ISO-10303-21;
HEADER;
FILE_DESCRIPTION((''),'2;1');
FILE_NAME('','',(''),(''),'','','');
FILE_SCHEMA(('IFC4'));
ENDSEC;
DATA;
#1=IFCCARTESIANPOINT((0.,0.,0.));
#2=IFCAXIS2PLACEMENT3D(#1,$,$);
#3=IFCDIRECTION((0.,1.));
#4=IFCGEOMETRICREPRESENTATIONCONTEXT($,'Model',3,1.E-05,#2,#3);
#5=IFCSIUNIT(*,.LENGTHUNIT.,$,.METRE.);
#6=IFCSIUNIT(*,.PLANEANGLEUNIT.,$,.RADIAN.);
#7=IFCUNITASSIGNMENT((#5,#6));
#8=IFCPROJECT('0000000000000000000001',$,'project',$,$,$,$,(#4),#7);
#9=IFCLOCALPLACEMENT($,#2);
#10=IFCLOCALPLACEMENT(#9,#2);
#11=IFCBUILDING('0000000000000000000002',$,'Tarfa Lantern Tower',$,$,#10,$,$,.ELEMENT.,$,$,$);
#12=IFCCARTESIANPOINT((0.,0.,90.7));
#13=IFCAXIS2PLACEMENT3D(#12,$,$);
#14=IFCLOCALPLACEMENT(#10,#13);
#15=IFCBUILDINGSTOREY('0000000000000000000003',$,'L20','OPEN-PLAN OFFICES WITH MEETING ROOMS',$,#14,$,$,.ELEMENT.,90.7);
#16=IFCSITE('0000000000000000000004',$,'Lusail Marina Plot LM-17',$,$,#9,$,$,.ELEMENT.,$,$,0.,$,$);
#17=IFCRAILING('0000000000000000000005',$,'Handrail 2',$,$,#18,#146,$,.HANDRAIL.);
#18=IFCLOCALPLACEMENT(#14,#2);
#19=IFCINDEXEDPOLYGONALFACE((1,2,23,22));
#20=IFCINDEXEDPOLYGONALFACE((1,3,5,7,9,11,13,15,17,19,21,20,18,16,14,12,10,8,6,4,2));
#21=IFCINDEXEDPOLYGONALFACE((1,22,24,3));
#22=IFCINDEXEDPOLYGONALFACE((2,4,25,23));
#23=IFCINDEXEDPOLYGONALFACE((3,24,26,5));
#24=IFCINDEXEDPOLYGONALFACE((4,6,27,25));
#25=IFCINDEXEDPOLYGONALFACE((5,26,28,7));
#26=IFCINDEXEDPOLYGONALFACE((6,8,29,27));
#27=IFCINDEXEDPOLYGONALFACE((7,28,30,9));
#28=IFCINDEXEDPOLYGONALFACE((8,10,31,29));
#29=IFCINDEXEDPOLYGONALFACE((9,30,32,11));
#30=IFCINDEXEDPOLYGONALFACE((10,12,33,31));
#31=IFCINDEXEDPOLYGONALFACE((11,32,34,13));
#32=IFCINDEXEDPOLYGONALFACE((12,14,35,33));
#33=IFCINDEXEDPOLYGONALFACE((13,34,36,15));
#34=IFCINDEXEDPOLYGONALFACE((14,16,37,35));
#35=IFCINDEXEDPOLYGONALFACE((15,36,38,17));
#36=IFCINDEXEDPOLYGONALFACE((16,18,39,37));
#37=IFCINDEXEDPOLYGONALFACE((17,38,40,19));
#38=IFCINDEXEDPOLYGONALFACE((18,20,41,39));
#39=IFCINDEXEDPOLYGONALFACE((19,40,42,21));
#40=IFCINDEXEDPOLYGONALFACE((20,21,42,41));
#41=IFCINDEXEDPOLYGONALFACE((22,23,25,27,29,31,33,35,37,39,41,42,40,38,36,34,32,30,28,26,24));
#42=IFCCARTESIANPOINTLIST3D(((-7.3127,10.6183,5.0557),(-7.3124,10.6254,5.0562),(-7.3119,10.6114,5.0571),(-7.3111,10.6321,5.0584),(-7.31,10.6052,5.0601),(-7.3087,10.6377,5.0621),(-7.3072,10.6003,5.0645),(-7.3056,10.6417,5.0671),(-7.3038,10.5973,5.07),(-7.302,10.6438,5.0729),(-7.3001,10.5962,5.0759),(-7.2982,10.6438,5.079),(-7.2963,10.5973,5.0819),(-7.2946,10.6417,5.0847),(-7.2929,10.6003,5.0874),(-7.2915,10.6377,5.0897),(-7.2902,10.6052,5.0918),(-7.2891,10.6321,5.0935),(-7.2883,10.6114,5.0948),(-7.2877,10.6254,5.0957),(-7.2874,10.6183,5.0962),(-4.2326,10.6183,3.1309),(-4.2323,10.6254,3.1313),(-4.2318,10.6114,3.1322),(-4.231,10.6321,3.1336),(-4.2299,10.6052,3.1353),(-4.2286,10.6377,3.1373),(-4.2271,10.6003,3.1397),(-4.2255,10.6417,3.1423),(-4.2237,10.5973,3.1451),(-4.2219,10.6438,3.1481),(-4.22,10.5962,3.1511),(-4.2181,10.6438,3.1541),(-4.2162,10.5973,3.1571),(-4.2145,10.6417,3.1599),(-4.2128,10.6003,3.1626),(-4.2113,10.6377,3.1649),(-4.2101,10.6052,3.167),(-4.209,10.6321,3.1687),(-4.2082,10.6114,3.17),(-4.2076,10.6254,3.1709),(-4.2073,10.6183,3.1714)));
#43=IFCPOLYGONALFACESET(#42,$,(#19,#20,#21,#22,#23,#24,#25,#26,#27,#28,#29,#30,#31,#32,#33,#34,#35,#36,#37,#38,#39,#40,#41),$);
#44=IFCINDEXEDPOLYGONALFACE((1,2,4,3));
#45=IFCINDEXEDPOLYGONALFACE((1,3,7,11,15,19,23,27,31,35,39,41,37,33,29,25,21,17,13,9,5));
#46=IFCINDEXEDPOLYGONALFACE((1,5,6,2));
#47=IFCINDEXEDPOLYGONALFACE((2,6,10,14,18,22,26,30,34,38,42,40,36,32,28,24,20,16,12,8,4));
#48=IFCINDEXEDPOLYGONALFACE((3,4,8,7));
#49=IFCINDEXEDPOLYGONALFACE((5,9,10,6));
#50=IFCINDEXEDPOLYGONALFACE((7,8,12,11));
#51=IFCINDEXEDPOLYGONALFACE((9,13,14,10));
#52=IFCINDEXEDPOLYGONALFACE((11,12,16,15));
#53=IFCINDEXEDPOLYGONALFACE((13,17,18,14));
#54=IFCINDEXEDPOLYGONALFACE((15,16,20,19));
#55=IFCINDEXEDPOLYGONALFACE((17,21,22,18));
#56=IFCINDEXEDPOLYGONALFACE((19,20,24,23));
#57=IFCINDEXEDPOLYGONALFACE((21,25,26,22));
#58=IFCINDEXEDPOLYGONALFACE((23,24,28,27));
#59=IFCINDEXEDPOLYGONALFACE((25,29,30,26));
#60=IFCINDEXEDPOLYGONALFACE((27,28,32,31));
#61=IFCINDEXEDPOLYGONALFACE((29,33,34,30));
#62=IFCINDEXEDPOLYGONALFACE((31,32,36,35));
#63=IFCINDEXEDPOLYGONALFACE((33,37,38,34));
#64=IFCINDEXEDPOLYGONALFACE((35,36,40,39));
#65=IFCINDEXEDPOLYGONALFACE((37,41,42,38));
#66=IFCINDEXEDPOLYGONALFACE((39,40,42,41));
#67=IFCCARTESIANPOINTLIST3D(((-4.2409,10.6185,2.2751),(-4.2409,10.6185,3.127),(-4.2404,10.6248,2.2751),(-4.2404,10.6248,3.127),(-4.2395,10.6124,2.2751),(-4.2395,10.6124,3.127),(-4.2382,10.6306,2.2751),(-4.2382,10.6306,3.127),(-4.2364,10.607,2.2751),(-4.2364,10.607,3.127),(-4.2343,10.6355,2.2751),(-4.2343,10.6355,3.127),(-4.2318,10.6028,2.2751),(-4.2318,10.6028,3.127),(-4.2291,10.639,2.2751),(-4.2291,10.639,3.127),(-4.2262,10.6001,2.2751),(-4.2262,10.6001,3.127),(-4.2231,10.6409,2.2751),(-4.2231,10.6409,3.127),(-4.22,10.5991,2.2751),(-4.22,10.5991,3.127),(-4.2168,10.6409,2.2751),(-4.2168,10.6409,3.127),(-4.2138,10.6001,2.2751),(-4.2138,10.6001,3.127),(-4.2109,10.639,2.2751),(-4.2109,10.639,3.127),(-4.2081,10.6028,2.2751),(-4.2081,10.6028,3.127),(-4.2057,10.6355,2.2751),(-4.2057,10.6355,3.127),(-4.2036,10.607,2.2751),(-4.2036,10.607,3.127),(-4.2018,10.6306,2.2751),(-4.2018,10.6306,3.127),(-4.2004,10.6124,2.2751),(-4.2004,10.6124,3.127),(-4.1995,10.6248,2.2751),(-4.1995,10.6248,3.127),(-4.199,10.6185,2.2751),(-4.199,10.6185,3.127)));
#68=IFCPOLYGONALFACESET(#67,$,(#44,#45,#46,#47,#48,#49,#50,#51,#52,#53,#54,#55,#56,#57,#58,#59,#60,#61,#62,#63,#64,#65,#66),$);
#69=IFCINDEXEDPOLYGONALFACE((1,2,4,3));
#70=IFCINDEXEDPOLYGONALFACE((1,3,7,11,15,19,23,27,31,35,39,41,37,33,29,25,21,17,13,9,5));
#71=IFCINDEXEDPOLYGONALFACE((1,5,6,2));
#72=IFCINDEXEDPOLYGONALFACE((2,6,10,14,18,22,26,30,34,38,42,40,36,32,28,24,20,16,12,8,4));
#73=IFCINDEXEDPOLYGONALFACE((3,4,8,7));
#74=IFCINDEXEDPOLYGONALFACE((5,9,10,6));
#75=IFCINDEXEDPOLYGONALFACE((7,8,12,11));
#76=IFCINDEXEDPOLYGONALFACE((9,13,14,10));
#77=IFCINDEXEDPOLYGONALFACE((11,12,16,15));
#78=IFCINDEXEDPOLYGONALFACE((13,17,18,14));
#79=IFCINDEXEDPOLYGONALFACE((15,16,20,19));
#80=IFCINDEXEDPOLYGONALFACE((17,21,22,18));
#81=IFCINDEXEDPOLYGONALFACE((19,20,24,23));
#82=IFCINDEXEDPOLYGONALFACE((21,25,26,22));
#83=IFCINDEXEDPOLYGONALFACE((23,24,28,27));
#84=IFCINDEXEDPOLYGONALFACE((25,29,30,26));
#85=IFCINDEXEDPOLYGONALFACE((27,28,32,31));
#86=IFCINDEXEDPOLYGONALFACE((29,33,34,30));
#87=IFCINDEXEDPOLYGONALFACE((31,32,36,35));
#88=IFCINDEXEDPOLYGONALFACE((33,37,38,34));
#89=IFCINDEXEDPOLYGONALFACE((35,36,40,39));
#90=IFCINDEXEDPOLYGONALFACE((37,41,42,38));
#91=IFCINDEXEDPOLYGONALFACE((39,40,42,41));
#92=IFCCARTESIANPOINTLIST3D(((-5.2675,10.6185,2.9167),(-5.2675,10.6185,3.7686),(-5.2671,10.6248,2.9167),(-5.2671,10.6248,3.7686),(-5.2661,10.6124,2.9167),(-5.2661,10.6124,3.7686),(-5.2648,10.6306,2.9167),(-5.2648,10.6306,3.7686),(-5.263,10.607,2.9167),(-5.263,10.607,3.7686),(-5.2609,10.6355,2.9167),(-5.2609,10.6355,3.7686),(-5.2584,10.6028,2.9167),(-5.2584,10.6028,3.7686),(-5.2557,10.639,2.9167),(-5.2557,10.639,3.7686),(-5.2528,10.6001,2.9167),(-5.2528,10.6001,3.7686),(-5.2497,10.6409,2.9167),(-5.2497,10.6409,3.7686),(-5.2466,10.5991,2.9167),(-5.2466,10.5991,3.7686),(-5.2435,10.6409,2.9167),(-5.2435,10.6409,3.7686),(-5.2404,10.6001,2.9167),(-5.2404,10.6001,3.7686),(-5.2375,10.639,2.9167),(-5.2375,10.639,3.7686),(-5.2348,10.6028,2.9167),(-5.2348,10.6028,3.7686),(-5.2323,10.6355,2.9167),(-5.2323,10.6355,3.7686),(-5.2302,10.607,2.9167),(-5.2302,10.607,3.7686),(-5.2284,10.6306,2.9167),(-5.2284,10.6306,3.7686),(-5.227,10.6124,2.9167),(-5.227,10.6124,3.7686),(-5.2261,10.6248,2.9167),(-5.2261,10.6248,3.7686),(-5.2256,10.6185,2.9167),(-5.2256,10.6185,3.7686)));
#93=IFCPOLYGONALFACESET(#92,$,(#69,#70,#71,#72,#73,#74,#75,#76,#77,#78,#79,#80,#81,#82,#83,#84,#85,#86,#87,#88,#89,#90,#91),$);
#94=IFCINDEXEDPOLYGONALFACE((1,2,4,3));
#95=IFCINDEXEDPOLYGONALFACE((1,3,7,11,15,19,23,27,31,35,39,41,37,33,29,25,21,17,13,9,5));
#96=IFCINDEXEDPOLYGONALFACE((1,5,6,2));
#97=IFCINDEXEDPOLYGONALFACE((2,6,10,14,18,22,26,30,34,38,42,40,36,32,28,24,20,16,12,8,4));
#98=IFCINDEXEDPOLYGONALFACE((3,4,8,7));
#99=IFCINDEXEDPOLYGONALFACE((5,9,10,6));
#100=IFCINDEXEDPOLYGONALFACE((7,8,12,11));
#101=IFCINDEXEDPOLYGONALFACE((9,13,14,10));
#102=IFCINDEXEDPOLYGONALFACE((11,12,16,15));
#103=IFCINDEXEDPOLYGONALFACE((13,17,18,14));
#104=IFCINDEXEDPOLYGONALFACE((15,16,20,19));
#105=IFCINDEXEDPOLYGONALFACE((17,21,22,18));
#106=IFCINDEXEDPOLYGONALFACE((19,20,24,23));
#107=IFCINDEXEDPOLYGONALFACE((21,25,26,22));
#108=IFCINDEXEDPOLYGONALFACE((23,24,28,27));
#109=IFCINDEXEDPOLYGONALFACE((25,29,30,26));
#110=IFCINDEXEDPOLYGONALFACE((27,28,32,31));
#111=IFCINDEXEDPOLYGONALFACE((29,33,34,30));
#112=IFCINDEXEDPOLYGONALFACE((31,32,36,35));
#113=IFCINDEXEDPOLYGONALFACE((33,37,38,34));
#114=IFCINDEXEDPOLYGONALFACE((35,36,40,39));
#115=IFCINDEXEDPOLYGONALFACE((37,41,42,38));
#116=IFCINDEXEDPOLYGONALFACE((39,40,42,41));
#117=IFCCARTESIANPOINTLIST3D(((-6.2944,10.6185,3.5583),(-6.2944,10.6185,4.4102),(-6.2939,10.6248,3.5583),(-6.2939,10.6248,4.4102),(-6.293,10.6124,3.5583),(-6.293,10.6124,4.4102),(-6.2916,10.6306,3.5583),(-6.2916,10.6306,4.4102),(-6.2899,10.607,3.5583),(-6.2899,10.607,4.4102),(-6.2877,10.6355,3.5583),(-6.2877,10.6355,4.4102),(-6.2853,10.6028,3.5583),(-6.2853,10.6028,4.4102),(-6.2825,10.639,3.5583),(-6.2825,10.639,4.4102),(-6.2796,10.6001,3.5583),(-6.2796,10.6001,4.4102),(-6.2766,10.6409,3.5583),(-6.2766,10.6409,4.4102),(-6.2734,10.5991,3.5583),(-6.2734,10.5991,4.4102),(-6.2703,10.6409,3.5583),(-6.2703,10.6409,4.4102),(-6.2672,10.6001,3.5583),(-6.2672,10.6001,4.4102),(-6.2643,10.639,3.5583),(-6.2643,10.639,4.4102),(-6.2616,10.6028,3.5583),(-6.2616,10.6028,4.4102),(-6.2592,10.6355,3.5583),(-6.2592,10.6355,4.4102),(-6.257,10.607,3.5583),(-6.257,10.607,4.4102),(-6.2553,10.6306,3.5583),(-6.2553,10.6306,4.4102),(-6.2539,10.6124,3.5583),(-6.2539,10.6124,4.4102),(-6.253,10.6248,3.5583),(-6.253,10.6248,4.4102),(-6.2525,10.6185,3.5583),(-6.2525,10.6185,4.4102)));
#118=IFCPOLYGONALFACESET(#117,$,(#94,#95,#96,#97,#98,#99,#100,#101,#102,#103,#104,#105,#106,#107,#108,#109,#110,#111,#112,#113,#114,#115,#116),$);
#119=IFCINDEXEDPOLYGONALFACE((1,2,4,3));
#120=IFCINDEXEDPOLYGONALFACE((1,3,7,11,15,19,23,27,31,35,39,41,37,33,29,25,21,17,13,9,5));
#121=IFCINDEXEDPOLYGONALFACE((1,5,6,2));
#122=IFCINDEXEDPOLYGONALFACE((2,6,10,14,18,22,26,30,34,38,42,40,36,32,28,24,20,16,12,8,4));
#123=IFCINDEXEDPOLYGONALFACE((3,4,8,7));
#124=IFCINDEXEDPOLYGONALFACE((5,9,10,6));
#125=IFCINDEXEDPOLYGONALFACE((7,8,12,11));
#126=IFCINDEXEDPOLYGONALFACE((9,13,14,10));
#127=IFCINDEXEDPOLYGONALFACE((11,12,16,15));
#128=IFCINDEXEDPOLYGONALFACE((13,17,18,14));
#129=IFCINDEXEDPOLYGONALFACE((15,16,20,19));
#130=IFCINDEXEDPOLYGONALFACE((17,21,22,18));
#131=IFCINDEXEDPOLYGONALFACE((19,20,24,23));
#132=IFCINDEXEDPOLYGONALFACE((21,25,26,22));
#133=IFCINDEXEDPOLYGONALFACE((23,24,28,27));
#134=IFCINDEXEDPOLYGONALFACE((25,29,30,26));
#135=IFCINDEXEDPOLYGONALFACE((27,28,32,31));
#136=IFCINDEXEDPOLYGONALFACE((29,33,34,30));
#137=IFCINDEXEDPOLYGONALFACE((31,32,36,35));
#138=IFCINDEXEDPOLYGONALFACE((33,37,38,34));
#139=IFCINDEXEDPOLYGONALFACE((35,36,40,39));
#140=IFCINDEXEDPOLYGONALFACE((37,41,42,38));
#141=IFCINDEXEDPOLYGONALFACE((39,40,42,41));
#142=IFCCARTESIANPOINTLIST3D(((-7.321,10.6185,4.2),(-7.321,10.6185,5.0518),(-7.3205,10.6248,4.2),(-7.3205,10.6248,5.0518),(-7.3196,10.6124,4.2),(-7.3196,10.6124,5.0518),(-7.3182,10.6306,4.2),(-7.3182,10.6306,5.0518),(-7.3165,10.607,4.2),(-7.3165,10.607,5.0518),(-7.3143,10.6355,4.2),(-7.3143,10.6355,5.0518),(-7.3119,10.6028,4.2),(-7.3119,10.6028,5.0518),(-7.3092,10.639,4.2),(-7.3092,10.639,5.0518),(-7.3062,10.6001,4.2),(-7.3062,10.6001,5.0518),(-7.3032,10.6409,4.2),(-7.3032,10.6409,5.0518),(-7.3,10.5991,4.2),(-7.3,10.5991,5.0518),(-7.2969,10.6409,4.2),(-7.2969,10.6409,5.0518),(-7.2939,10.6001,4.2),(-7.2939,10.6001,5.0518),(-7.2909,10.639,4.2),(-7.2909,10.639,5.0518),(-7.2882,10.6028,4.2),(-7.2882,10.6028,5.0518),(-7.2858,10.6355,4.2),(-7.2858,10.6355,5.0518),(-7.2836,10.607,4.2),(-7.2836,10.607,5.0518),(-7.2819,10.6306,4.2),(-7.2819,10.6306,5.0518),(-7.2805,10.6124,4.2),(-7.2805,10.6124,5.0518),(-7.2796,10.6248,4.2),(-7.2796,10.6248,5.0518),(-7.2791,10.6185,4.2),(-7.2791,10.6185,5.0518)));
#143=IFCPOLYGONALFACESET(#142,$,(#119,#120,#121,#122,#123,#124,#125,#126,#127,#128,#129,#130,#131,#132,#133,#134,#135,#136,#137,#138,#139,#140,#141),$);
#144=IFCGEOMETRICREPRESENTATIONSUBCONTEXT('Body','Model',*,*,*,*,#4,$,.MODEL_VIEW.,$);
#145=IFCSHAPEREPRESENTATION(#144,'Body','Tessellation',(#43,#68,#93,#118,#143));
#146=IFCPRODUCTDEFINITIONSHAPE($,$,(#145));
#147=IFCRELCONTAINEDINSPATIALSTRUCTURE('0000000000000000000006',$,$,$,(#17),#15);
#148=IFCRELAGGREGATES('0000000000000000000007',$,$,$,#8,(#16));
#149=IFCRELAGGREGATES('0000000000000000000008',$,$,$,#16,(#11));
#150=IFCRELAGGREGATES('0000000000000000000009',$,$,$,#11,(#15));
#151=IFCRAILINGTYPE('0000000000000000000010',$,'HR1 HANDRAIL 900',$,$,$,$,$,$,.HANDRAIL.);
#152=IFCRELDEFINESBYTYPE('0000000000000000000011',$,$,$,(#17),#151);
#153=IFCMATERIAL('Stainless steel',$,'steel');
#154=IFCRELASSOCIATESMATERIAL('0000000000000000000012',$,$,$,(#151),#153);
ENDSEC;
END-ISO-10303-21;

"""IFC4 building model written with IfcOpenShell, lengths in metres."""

from ifc_helpers import new_model, si_unit, direction, frame, origin, origin_2d, place, context, subcontext, project, spatial, circle, extrude, material, type_object, element, save


model = new_model("IFC4")

# Units and contexts
model_context = context("Model", 3, precision=1e-05, world=origin(), true_north=direction((0.0, 1.0)))
body_context = subcontext(model_context, "Body", "Model", "MODEL_VIEW")
ifc_project = project(units=[si_unit("LENGTHUNIT", "METRE"), si_unit("PLANEANGLEUNIT", "RADIAN")], contexts=[model_context])

# Site, building, storey
site_placement = place(None, origin())
site = spatial("IfcSite", under=ifc_project, at=site_placement, Name="Lusail Marina Plot LM-17", CompositionType="ELEMENT", RefElevation=0.0)
building_placement = place(site_placement, origin())
building = spatial("IfcBuilding", under=site, at=building_placement, Name="Tarfa Lantern Tower", CompositionType="ELEMENT")
storey_placement = place(building_placement, frame((0.0, 0.0, 90.7)))
storey = spatial("IfcBuildingStorey", under=building, at=storey_placement, Name="L20", Description="OPEN-PLAN OFFICES WITH MEETING ROOMS", CompositionType="ELEMENT", Elevation=90.7)

# Railing
ifc_material_1 = material(Name="Stainless steel", Category="steel")
railing_type = type_object("IfcRailingType", Name="HR1 HANDRAIL 900", PredefinedType="HANDRAIL", material=ifc_material_1)
railing_1_placement = place(storey_placement, frame((-4.22, 10.6201, 2.2751)))
element("IfcRailing", 1, at=railing_1_placement, inside=storey, type_object=railing_type, Name="Handrail 2", PredefinedType="HANDRAIL", context=body_context, shape_type="SweptSolid", body=[
    extrude(circle(Radius=0.0239, at=origin_2d()), frame((0.0, 0.0, 0.876), z_axis=(-0.848029, 0.0, 0.529951), x_axis=(0.0, -1.0, 0.0)), (0.0, 0.0, 1.0), 3.6321),
    extrude(circle(Radius=0.021, at=origin_2d()), frame((0.0, 0.0, 0.0), z_axis=(0.0, 0.0, 1.0), x_axis=(0.0, -1.0, 0.0)), (0.0, 0.0, 1.0), 0.8518),
    extrude(circle(Radius=0.021, at=origin_2d()), frame((-1.0266, 0.0, 0.6416), z_axis=(0.0, 0.0, 1.0), x_axis=(0.0, -1.0, 0.0)), (0.0, 0.0, 1.0), 0.8518),
    extrude(circle(Radius=0.021, at=origin_2d()), frame((-2.0535, 0.0, 1.2832), z_axis=(0.0, 0.0, 1.0), x_axis=(0.0, -1.0, 0.0)), (0.0, 0.0, 1.0), 0.8518),
    extrude(circle(Radius=0.021, at=origin_2d()), frame((-3.0801, 0.0, 1.9248), z_axis=(0.0, 0.0, 1.0), x_axis=(0.0, -1.0, 0.0)), (0.0, 0.0, 1.0), 0.8518),
])

save(model, "model.ifc")
